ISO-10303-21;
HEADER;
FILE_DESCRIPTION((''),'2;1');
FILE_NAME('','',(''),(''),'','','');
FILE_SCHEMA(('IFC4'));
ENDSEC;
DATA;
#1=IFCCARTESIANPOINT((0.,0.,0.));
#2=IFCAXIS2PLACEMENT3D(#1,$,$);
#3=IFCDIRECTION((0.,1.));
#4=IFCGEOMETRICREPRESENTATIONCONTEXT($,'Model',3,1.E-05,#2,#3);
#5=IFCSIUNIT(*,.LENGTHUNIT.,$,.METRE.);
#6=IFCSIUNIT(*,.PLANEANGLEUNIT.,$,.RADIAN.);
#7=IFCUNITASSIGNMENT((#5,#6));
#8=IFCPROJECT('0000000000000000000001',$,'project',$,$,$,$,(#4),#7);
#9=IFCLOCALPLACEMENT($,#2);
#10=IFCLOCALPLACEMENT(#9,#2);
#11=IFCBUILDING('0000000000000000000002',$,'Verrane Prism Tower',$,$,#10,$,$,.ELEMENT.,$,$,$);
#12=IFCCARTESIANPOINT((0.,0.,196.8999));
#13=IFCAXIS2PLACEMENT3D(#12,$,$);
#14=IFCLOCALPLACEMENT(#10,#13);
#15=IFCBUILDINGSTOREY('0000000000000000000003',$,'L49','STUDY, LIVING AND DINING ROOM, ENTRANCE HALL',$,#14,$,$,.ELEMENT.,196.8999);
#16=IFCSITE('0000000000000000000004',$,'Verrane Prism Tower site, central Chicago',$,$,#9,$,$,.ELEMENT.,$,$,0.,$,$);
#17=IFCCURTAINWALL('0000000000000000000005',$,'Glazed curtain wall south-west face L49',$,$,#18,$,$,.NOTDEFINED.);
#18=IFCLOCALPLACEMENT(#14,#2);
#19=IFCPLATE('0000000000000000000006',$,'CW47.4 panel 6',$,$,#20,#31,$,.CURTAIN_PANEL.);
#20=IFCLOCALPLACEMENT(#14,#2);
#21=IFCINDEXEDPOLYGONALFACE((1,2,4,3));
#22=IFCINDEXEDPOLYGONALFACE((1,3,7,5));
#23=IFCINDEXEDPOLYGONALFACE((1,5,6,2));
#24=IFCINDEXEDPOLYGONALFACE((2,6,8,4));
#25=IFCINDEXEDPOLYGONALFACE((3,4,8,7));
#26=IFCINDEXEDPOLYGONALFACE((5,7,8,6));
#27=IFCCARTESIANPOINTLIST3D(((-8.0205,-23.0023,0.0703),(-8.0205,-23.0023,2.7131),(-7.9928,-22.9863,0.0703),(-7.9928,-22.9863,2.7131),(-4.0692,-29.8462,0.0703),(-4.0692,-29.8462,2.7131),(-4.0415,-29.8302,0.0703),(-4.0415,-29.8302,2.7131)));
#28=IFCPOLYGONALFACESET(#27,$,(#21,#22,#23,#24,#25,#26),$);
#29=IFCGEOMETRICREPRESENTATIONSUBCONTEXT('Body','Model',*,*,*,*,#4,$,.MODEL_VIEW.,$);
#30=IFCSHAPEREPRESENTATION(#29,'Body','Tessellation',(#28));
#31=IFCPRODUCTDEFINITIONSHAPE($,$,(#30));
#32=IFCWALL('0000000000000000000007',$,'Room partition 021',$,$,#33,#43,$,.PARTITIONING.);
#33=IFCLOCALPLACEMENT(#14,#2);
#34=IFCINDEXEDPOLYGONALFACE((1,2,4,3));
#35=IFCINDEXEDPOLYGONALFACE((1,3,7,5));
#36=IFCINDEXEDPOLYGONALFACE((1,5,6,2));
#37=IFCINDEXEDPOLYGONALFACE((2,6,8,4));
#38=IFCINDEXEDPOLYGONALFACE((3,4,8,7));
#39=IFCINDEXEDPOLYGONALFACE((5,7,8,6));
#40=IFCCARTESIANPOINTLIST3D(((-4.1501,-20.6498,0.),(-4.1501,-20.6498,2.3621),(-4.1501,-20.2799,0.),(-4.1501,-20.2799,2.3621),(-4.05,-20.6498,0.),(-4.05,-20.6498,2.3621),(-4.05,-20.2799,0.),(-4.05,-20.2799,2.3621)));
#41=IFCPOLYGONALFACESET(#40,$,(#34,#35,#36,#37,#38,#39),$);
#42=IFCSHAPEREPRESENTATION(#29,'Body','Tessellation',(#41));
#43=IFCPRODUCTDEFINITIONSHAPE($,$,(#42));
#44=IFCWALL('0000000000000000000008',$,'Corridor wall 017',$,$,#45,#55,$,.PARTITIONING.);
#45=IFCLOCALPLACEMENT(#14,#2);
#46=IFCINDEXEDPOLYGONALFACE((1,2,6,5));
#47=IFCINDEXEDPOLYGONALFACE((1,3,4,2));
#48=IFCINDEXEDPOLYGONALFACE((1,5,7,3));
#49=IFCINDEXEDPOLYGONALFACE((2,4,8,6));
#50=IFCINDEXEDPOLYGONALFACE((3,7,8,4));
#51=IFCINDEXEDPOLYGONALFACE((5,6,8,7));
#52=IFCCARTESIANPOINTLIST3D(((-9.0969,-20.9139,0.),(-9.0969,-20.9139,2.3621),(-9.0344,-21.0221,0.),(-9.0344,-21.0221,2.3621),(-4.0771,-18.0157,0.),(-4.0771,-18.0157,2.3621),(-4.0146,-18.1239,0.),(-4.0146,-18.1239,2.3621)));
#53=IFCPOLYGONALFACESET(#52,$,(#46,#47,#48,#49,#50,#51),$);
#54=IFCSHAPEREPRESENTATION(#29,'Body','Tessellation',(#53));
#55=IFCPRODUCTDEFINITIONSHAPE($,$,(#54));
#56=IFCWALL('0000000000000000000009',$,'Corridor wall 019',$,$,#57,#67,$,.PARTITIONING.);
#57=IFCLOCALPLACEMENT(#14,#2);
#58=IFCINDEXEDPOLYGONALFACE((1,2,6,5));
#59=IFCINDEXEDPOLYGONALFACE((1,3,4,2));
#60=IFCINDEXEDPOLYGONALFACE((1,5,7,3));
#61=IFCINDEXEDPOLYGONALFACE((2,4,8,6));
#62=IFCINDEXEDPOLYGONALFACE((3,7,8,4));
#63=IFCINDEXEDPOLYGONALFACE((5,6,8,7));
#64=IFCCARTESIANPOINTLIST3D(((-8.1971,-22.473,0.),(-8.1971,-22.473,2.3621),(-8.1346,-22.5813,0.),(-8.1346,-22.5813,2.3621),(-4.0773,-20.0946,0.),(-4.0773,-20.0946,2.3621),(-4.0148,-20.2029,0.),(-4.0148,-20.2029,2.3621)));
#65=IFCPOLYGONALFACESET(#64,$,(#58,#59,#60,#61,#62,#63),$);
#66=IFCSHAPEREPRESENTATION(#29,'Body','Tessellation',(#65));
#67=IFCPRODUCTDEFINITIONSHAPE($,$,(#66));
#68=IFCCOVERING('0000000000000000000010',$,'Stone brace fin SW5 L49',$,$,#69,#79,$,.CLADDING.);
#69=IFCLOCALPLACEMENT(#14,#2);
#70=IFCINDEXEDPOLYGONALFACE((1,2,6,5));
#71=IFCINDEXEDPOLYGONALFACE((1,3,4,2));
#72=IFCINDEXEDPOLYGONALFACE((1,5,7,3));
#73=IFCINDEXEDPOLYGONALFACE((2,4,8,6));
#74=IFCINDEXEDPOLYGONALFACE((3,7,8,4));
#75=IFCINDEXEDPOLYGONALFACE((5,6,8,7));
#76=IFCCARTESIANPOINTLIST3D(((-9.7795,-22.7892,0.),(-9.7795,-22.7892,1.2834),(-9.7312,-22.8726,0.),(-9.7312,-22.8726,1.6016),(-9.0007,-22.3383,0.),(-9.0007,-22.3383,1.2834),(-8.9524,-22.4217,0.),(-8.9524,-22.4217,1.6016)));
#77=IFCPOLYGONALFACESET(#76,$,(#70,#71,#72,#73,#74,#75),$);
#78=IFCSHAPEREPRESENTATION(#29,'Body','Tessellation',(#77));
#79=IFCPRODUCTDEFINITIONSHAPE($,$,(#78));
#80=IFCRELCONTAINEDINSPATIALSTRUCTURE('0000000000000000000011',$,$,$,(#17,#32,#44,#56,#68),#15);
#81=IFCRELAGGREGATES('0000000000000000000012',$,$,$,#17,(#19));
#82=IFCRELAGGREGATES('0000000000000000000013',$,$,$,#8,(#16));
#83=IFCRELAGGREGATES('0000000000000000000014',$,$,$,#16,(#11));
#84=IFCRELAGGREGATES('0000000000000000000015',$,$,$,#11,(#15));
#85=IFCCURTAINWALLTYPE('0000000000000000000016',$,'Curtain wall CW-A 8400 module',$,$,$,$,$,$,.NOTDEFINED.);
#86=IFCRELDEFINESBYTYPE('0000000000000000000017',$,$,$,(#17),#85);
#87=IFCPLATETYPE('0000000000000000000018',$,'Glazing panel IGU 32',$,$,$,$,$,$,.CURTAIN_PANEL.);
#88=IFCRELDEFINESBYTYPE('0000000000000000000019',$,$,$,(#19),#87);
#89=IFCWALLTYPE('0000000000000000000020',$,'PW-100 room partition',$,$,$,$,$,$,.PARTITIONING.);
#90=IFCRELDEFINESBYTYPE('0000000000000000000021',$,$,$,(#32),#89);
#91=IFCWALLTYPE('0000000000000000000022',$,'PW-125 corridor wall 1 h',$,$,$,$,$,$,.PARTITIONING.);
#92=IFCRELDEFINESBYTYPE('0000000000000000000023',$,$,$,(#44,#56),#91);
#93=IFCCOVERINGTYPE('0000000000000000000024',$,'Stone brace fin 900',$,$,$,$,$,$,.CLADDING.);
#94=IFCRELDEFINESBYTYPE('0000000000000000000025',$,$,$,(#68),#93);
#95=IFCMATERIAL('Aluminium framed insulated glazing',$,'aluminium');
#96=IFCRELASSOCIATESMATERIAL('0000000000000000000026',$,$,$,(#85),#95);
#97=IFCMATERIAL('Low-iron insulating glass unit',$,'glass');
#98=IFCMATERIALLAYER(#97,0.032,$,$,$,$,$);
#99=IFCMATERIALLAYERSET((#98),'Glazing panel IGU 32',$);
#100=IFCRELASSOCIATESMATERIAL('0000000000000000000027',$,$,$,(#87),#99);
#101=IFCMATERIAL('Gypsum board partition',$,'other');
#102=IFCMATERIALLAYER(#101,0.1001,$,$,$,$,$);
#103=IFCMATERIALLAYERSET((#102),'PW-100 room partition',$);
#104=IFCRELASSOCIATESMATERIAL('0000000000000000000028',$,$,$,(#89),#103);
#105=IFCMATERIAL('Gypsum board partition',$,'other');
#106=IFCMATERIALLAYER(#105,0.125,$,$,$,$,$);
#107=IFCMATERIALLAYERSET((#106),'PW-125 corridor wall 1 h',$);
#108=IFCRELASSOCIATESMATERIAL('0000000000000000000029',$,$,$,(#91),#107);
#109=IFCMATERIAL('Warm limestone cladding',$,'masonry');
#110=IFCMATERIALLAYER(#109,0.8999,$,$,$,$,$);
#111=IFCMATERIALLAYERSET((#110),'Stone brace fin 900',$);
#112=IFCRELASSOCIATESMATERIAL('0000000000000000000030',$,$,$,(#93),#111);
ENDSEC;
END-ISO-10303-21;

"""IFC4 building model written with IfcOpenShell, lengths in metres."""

from ifc_helpers import new_model, si_unit, direction, frame, frame_2d, origin, origin_2d, place, context, subcontext, project, spatial, polyline, rectangle, outline, extrude, material, layer, layer_set, type_object, element, aggregate, save


model = new_model("IFC4")

# Units and contexts
model_context = context("Model", 3, precision=1e-05, world=origin(), true_north=direction((0.0, 1.0)))
body_context = subcontext(model_context, "Body", "Model", "MODEL_VIEW")
ifc_project = project(units=[si_unit("LENGTHUNIT", "METRE"), si_unit("PLANEANGLEUNIT", "RADIAN")], contexts=[model_context])

# Site, building, storey
site_placement = place(None, origin())
site = spatial("IfcSite", under=ifc_project, at=site_placement, Name="Verrane Prism Tower site, central Chicago", CompositionType="ELEMENT", RefElevation=0.0)
building_placement = place(site_placement, origin())
building = spatial("IfcBuilding", under=site, at=building_placement, Name="Verrane Prism Tower", CompositionType="ELEMENT")
storey_placement = place(building_placement, frame((0.0, 0.0, 196.8999)))
storey = spatial("IfcBuildingStorey", under=building, at=storey_placement, Name="L49", Description="STUDY, LIVING AND DINING ROOM, ENTRANCE HALL", CompositionType="ELEMENT", Elevation=196.8999)

# Curtain wall
ifc_material_1 = material(Name="Aluminium framed insulated glazing", Category="aluminium")
curtain_wall_type_1 = type_object("IfcCurtainWallType", Name="Curtain wall CW-A 8400 module", PredefinedType="NOTDEFINED", material=ifc_material_1)
curtain_wall_1_placement = place(storey_placement, origin())
curtain_wall_1 = element("IfcCurtainWall", 1, at=curtain_wall_1_placement, inside=storey, type_object=curtain_wall_type_1, Name="Glazed curtain wall south-west face L49", PredefinedType="NOTDEFINED")

# Plate
ifc_material_2 = material(Name="Low-iron insulating glass unit", Category="glass")
ifc_layer_1 = layer(ifc_material_2, 0.032)
ifc_layer_set_1 = layer_set([ifc_layer_1], Name="Glazing panel IGU 32")
plate_type_1 = type_object("IfcPlateType", Name="Glazing panel IGU 32", PredefinedType="CURTAIN_PANEL", material=ifc_layer_set_1)
plate_1_placement = place(storey_placement, frame((-6.031, -26.4163, 0.0703), z_axis=(0.0, 0.0, 1.0), x_axis=(0.5, -0.866026, 0.0)))
plate_1 = element("IfcPlate", 2, at=plate_1_placement, type_object=plate_type_1, Name="CW47.4 panel 6", PredefinedType="CURTAIN_PANEL", context=body_context, shape_type="SweptSolid", body=[
    extrude(rectangle(XDim=7.9026, YDim=0.032, at=origin_2d()), origin(), (0.0, 0.0, 1.0), 2.6428),
])
aggregate(curtain_wall_1, [plate_1])

# Walls
ifc_material_3 = material(Name="Gypsum board partition", Category="other")
ifc_layer_2 = layer(ifc_material_3, 0.1001)
ifc_layer_set_2 = layer_set([ifc_layer_2], Name="PW-100 room partition")
wall_type_1 = type_object("IfcWallType", Name="PW-100 room partition", PredefinedType="PARTITIONING", material=ifc_layer_set_2)
wall_1_placement = place(storey_placement, frame((-4.1001, -20.6499, 0.0), z_axis=(0.0, 0.0, 1.0), x_axis=(0.0, 1.0, 0.0)))
element("IfcWall", 3, at=wall_1_placement, inside=storey, type_object=wall_type_1, Name="Room partition 021", PredefinedType="PARTITIONING", context=body_context, shape_type="SweptSolid", body=[
    extrude(rectangle(XDim=0.3699, YDim=0.1001, at=frame_2d((0.1851, 0.0))), origin(), (0.0, 0.0, 1.0), 2.3621),
])
ifc_material_4 = material(Name="Gypsum board partition", Category="other")
ifc_layer_3 = layer(ifc_material_4, 0.125)
ifc_layer_set_3 = layer_set([ifc_layer_3], Name="PW-125 corridor wall 1 h")
wall_type_2 = type_object("IfcWallType", Name="PW-125 corridor wall 1 h", PredefinedType="PARTITIONING", material=ifc_layer_set_3)
wall_2_placement = place(storey_placement, frame((-9.0657, -20.968, 0.0), z_axis=(0.0, 0.0, 1.0), x_axis=(0.866024, 0.500003, 0.0)))
element("IfcWall", 4, at=wall_2_placement, inside=storey, type_object=wall_type_2, Name="Corridor wall 017", PredefinedType="PARTITIONING", context=body_context, shape_type="SweptSolid", body=[
    extrude(rectangle(XDim=5.7964, YDim=0.125, at=frame_2d((2.8982, 0.0))), origin(), (0.0, 0.0, 1.0), 2.3621),
])
wall_3_placement = place(storey_placement, frame((-8.1658, -22.5271, 0.0), z_axis=(0.0, 0.0, 1.0), x_axis=(0.866043, 0.49997, 0.0)))
element("IfcWall", 5, at=wall_3_placement, inside=storey, type_object=wall_type_2, Name="Corridor wall 019", PredefinedType="PARTITIONING", context=body_context, shape_type="SweptSolid", body=[
    extrude(rectangle(XDim=4.7571, YDim=0.125, at=frame_2d((2.3784, 0.0))), origin(), (0.0, 0.0, 1.0), 2.3621),
])

# Covering
ifc_material_5 = material(Name="Warm limestone cladding", Category="masonry")
ifc_layer_4 = layer(ifc_material_5, 0.8999)
ifc_layer_set_4 = layer_set([ifc_layer_4], Name="Stone brace fin 900")
covering_type = type_object("IfcCoveringType", Name="Stone brace fin 900", PredefinedType="CLADDING", material=ifc_layer_set_4)
covering_placement = place(storey_placement, frame((-9.3901, -22.5637, 0.0), z_axis=(0.0, 0.0, 1.0), x_axis=(0.501036, -0.865426, 0.0)))
element("IfcCovering", 6, at=covering_placement, inside=storey, type_object=covering_type, Name="Stone brace fin SW5 L49", PredefinedType="CLADDING", context=body_context, shape_type="SweptSolid", body=[
    extrude(outline(polyline([(0.0, 0.0), (0.0964, 0.0), (0.0964, 1.6016), (0.0, 1.2834), (0.0, 0.0)])), frame((0.0, 0.45, 0.0), z_axis=(0.0, -1.0, 0.0), x_axis=(1.0, 0.0, 0.0)), (0.0, 0.0, 1.0), 0.8999),
])

save(model, "model.ifc")
